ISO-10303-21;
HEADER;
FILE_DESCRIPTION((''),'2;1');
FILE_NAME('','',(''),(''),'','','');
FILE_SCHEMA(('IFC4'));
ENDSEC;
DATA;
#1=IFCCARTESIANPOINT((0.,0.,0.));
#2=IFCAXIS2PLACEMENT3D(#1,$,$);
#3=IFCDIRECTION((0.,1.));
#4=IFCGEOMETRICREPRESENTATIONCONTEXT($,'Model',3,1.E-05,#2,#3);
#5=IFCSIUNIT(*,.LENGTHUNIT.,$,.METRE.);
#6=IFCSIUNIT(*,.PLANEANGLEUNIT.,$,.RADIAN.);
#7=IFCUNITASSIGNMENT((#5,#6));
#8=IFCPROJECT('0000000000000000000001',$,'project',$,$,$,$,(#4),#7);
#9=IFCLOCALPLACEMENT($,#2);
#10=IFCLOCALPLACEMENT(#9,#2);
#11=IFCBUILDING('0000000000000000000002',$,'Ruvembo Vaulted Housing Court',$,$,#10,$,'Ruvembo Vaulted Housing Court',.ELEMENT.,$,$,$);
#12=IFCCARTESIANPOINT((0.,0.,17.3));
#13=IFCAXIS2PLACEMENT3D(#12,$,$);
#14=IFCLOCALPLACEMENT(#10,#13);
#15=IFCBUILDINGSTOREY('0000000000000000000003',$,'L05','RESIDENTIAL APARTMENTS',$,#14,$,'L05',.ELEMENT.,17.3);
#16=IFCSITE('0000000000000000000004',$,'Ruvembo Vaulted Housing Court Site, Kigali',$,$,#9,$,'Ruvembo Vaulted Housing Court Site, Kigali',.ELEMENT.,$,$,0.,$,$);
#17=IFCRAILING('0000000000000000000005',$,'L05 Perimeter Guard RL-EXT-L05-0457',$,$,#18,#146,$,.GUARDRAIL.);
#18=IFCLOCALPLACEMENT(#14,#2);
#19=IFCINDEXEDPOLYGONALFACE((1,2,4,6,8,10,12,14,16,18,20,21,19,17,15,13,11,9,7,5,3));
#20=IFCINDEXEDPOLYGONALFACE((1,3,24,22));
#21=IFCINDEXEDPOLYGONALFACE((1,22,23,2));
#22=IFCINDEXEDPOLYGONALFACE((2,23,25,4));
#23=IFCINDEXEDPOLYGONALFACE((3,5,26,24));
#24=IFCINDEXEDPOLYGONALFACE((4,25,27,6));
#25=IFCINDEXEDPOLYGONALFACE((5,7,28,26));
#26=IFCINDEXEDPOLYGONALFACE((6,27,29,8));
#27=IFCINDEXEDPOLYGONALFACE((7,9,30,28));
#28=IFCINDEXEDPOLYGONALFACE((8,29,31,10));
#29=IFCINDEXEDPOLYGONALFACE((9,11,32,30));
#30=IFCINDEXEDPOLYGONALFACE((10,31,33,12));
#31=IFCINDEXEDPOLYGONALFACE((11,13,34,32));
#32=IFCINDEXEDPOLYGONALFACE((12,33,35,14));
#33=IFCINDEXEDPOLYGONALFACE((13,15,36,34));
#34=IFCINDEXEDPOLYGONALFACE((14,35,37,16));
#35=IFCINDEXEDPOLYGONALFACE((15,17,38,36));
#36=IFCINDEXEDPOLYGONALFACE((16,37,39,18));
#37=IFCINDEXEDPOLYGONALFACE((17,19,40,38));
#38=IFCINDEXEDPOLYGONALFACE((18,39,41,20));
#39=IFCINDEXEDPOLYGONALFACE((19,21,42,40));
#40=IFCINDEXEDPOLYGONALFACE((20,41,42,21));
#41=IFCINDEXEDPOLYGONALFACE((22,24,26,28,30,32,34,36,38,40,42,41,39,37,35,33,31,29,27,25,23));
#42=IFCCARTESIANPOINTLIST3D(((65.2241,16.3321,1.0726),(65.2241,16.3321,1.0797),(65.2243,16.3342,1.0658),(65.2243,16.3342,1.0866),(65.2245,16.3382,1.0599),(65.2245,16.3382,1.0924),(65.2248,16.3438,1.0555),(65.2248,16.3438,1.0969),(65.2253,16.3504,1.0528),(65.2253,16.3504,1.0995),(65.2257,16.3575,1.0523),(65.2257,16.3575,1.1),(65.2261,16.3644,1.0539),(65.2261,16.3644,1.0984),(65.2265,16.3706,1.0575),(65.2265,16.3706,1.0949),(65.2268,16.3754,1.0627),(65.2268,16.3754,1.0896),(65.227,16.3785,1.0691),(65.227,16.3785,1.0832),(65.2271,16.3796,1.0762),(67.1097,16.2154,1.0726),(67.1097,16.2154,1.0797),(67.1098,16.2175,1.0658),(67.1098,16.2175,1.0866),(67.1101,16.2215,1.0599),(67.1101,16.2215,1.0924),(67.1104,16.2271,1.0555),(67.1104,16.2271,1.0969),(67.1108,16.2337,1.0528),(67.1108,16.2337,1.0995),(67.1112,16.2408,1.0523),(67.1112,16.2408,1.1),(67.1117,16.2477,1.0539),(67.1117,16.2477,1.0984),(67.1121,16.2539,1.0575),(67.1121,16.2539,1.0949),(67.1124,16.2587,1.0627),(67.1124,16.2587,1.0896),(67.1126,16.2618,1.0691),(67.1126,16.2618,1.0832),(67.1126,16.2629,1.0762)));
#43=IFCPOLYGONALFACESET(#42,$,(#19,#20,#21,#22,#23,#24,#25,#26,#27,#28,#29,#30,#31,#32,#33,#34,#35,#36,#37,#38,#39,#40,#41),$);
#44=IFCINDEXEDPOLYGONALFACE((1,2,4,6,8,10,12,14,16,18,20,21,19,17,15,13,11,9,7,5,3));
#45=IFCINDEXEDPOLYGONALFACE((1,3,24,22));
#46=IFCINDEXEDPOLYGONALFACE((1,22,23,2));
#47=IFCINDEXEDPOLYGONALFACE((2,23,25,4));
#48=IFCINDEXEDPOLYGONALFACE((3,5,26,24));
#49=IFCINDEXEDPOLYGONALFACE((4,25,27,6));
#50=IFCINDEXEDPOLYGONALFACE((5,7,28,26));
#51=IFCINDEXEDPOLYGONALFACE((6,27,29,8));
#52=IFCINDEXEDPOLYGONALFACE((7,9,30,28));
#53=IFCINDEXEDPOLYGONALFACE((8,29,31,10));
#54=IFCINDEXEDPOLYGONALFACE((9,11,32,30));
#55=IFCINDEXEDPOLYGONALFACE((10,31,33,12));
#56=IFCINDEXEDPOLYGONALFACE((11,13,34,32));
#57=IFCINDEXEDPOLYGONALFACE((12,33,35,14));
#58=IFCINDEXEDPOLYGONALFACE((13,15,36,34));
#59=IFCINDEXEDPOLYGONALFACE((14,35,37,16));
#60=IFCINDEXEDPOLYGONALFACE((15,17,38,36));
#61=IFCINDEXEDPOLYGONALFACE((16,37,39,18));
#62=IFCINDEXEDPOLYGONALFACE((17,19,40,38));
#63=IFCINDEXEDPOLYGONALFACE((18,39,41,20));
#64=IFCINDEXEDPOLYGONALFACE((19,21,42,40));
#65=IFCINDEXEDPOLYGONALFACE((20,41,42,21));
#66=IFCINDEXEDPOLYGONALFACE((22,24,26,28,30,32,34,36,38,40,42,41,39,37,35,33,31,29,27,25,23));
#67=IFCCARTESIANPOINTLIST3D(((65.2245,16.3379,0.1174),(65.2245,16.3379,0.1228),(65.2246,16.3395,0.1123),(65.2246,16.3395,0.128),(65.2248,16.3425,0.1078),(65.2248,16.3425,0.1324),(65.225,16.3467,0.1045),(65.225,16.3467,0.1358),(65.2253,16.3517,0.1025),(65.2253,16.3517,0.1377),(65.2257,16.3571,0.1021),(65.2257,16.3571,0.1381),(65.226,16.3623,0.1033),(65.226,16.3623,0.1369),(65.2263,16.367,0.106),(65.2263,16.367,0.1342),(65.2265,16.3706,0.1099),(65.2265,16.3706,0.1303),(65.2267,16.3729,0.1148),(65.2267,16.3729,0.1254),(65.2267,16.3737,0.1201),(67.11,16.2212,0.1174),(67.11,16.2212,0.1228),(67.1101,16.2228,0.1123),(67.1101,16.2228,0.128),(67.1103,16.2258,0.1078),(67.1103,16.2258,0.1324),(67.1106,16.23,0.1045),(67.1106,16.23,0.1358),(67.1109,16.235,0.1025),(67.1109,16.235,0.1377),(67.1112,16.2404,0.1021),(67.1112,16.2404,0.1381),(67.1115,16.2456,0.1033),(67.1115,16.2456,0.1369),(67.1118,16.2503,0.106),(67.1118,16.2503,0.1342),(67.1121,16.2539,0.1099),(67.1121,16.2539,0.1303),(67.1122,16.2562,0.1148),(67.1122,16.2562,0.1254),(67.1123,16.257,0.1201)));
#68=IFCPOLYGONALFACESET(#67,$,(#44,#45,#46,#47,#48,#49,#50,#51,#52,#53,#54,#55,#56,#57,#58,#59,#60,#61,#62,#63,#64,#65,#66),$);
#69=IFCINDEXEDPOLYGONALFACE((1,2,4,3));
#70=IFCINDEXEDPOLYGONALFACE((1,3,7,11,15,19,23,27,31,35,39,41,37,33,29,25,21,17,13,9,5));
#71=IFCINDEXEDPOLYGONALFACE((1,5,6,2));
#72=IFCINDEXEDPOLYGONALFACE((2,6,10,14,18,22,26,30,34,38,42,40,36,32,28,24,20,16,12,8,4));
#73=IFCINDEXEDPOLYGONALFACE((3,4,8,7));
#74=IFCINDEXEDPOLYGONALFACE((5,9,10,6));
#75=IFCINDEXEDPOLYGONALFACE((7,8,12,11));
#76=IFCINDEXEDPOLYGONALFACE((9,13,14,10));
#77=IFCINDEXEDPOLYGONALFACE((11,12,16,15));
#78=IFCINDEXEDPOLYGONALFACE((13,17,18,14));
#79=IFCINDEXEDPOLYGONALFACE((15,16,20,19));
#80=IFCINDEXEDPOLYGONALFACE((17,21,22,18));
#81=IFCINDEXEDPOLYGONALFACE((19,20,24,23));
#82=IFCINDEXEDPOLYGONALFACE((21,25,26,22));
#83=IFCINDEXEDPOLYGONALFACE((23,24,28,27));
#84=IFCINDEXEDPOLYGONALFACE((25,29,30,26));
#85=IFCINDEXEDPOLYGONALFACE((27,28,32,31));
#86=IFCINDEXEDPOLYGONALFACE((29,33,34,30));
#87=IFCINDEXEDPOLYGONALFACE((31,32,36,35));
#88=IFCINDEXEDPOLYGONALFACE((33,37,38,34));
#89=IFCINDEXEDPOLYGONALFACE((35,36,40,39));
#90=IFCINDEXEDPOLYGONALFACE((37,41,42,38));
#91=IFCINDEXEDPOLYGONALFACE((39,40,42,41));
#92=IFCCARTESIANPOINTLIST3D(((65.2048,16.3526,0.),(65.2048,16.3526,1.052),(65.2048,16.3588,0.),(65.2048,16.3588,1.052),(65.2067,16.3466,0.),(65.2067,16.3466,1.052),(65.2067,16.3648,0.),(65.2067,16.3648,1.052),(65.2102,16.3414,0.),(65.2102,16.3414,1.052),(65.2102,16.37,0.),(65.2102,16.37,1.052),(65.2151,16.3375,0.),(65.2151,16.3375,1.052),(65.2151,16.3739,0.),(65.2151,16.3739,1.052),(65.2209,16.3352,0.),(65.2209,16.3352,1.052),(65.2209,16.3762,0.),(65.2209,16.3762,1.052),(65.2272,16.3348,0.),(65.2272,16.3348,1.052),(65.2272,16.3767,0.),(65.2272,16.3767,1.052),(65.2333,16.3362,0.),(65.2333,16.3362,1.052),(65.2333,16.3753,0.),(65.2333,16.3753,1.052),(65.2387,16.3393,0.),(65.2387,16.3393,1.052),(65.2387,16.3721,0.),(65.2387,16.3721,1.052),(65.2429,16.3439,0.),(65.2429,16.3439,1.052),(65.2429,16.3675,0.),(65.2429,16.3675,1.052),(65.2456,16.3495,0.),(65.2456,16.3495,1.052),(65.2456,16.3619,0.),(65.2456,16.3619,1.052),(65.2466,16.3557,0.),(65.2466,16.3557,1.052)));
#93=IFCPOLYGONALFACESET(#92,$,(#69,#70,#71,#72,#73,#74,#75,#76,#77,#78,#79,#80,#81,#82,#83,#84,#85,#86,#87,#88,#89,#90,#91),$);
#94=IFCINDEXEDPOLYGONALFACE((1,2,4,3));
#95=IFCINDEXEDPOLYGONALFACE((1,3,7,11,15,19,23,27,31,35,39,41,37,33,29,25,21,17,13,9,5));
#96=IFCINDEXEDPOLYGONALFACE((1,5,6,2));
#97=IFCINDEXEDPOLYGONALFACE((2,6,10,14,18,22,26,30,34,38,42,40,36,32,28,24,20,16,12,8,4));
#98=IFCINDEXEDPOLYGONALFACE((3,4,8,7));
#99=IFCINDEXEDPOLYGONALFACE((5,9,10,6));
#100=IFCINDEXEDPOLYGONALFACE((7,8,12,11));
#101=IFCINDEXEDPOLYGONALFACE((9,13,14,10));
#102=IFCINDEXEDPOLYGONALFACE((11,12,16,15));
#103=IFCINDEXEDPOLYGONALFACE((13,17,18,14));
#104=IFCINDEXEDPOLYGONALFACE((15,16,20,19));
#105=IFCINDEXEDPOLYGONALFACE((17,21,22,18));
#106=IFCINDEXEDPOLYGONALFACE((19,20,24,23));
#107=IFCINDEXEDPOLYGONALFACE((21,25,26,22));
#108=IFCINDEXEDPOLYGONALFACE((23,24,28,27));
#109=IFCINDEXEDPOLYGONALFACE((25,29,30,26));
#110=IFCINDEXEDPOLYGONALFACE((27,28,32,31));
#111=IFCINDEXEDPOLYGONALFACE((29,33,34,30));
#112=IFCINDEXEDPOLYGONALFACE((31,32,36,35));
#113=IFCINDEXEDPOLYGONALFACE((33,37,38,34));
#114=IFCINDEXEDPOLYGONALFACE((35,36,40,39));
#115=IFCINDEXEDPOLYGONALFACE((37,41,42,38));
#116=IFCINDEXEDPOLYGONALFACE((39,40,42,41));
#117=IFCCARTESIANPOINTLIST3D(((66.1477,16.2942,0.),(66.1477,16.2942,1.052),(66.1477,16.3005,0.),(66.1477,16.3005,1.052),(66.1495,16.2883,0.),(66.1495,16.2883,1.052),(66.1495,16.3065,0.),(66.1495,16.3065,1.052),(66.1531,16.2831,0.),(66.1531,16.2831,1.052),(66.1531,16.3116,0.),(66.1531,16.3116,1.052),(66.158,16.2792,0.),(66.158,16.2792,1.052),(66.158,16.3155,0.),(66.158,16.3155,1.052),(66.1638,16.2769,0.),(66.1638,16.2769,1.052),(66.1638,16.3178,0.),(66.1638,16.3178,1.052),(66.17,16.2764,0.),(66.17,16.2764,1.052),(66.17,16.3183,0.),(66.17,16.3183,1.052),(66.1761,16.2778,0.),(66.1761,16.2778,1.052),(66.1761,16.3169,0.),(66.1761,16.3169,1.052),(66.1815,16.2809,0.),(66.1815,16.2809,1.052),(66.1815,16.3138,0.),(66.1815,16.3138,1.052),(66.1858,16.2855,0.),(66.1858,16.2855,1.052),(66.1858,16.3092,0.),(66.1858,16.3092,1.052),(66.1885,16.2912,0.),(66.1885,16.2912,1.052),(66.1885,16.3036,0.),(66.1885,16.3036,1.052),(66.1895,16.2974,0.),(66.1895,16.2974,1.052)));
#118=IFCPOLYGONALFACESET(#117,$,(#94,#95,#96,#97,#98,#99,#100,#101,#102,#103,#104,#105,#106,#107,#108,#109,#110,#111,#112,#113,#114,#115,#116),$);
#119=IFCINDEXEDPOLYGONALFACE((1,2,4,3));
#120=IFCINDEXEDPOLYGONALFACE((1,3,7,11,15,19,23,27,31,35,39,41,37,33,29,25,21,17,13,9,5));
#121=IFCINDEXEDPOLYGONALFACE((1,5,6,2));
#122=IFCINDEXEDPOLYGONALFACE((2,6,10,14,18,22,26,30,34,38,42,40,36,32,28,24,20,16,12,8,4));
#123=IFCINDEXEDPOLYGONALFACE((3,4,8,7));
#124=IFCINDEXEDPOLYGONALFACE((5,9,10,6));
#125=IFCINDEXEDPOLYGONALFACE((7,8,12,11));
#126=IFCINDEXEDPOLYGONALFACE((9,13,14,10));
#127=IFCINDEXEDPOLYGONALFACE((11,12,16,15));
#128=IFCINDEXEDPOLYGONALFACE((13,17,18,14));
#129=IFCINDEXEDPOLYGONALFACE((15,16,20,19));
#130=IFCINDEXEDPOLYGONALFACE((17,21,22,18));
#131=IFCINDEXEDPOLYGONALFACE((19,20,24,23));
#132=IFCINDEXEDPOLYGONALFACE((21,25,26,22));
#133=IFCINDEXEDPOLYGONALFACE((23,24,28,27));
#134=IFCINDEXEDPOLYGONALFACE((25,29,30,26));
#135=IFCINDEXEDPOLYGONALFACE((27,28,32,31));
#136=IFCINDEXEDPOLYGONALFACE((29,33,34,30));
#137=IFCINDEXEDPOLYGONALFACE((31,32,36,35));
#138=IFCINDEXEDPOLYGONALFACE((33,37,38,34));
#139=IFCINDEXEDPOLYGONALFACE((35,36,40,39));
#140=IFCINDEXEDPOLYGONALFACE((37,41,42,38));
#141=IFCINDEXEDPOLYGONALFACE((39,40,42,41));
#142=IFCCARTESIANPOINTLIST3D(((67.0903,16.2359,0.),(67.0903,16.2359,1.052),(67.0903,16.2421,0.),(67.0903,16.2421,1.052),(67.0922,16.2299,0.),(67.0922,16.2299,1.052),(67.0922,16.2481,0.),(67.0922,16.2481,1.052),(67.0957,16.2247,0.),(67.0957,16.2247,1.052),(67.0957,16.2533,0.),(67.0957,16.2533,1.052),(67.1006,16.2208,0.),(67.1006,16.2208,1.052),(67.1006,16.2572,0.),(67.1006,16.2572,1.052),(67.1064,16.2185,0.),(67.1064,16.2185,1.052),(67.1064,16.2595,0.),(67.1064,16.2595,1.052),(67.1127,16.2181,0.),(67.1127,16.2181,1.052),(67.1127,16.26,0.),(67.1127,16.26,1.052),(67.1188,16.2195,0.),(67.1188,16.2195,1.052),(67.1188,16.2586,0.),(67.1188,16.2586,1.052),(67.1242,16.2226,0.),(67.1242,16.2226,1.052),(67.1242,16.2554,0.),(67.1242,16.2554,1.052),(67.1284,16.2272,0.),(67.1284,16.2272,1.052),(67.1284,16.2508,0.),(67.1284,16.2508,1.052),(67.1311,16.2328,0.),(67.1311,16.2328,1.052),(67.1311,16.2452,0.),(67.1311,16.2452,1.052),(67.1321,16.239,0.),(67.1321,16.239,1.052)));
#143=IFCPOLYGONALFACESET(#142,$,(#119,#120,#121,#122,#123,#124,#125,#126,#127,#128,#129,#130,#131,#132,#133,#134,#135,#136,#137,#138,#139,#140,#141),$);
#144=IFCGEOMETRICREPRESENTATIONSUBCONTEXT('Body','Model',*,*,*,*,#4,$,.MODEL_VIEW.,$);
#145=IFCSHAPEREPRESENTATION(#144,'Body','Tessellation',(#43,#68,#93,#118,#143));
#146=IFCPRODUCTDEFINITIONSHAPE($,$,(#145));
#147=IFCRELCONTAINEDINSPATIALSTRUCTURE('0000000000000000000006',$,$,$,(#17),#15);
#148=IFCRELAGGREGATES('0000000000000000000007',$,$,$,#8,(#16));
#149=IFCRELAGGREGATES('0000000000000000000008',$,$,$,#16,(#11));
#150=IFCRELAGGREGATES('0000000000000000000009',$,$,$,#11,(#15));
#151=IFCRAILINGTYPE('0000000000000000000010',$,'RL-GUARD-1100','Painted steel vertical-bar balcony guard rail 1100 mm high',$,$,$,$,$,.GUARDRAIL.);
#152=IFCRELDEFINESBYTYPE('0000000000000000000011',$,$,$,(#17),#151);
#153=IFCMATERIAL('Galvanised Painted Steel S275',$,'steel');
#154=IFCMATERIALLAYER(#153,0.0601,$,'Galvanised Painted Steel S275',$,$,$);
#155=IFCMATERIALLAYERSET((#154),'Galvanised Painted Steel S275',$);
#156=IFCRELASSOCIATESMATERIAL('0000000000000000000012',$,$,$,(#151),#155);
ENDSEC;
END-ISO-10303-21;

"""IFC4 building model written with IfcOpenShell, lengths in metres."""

from ifc_helpers import new_model, si_unit, direction, frame, origin, origin_2d, place, context, subcontext, project, spatial, circle, extrude, material, layer, layer_set, type_object, element, save


model = new_model("IFC4")

# Units and contexts
model_context = context("Model", 3, precision=1e-05, world=origin(), true_north=direction((0.0, 1.0)))
body_context = subcontext(model_context, "Body", "Model", "MODEL_VIEW")
ifc_project = project(units=[si_unit("LENGTHUNIT", "METRE"), si_unit("PLANEANGLEUNIT", "RADIAN")], contexts=[model_context])

# Site, building, storey
site_placement = place(None, origin())
site = spatial("IfcSite", under=ifc_project, at=site_placement, Name="Ruvembo Vaulted Housing Court Site, Kigali", LongName="Ruvembo Vaulted Housing Court Site, Kigali", CompositionType="ELEMENT", RefElevation=0.0)
building_placement = place(site_placement, origin())
building = spatial("IfcBuilding", under=site, at=building_placement, Name="Ruvembo Vaulted Housing Court", LongName="Ruvembo Vaulted Housing Court", CompositionType="ELEMENT")
storey_placement = place(building_placement, frame((0.0, 0.0, 17.3)))
storey = spatial("IfcBuildingStorey", under=building, at=storey_placement, Name="L05", Description="RESIDENTIAL APARTMENTS", LongName="L05", CompositionType="ELEMENT", Elevation=17.3)

# Railing
ifc_material_1 = material(Name="Galvanised Painted Steel S275", Category="steel")
ifc_layer = layer(ifc_material_1, 0.0601, Name="Galvanised Painted Steel S275")
ifc_layer_set = layer_set([ifc_layer], Name="Galvanised Painted Steel S275")
railing_type = type_object("IfcRailingType", Name="RL-GUARD-1100", Description="Painted steel vertical-bar balcony guard rail 1100 mm high", PredefinedType="GUARDRAIL", material=ifc_layer_set)
railing_1_placement = place(storey_placement, frame((65.2256, 16.3557, 0.0)))
element("IfcRailing", 1, at=railing_1_placement, inside=storey, type_object=railing_type, Name="L05 Perimeter Guard RL-EXT-L05-0457", PredefinedType="GUARDRAIL", context=body_context, shape_type="SweptSolid", body=[
    extrude(circle(Radius=0.0239, at=origin_2d()), frame((0.0, 0.0, 1.0762), z_axis=(0.99809, -0.061775, 0.0), x_axis=(0.061775, 0.99809, 0.0)), (0.0, 0.0, 1.0), 1.8892),
    extrude(circle(Radius=0.0181, at=origin_2d()), frame((0.0, 0.0, 0.1201), z_axis=(0.99809, -0.061775, 0.0), x_axis=(0.061775, 0.99809, 0.0)), (0.0, 0.0, 1.0), 1.8892),
    extrude(circle(Radius=0.021, at=origin_2d()), origin(), (0.0, 0.0, 1.0), 1.052),
    extrude(circle(Radius=0.021, at=origin_2d()), frame((0.9429, -0.0583, 0.0)), (0.0, 0.0, 1.0), 1.052),
    extrude(circle(Radius=0.021, at=origin_2d()), frame((1.8855, -0.1167, 0.0)), (0.0, 0.0, 1.0), 1.052),
])

save(model, "model.ifc")
